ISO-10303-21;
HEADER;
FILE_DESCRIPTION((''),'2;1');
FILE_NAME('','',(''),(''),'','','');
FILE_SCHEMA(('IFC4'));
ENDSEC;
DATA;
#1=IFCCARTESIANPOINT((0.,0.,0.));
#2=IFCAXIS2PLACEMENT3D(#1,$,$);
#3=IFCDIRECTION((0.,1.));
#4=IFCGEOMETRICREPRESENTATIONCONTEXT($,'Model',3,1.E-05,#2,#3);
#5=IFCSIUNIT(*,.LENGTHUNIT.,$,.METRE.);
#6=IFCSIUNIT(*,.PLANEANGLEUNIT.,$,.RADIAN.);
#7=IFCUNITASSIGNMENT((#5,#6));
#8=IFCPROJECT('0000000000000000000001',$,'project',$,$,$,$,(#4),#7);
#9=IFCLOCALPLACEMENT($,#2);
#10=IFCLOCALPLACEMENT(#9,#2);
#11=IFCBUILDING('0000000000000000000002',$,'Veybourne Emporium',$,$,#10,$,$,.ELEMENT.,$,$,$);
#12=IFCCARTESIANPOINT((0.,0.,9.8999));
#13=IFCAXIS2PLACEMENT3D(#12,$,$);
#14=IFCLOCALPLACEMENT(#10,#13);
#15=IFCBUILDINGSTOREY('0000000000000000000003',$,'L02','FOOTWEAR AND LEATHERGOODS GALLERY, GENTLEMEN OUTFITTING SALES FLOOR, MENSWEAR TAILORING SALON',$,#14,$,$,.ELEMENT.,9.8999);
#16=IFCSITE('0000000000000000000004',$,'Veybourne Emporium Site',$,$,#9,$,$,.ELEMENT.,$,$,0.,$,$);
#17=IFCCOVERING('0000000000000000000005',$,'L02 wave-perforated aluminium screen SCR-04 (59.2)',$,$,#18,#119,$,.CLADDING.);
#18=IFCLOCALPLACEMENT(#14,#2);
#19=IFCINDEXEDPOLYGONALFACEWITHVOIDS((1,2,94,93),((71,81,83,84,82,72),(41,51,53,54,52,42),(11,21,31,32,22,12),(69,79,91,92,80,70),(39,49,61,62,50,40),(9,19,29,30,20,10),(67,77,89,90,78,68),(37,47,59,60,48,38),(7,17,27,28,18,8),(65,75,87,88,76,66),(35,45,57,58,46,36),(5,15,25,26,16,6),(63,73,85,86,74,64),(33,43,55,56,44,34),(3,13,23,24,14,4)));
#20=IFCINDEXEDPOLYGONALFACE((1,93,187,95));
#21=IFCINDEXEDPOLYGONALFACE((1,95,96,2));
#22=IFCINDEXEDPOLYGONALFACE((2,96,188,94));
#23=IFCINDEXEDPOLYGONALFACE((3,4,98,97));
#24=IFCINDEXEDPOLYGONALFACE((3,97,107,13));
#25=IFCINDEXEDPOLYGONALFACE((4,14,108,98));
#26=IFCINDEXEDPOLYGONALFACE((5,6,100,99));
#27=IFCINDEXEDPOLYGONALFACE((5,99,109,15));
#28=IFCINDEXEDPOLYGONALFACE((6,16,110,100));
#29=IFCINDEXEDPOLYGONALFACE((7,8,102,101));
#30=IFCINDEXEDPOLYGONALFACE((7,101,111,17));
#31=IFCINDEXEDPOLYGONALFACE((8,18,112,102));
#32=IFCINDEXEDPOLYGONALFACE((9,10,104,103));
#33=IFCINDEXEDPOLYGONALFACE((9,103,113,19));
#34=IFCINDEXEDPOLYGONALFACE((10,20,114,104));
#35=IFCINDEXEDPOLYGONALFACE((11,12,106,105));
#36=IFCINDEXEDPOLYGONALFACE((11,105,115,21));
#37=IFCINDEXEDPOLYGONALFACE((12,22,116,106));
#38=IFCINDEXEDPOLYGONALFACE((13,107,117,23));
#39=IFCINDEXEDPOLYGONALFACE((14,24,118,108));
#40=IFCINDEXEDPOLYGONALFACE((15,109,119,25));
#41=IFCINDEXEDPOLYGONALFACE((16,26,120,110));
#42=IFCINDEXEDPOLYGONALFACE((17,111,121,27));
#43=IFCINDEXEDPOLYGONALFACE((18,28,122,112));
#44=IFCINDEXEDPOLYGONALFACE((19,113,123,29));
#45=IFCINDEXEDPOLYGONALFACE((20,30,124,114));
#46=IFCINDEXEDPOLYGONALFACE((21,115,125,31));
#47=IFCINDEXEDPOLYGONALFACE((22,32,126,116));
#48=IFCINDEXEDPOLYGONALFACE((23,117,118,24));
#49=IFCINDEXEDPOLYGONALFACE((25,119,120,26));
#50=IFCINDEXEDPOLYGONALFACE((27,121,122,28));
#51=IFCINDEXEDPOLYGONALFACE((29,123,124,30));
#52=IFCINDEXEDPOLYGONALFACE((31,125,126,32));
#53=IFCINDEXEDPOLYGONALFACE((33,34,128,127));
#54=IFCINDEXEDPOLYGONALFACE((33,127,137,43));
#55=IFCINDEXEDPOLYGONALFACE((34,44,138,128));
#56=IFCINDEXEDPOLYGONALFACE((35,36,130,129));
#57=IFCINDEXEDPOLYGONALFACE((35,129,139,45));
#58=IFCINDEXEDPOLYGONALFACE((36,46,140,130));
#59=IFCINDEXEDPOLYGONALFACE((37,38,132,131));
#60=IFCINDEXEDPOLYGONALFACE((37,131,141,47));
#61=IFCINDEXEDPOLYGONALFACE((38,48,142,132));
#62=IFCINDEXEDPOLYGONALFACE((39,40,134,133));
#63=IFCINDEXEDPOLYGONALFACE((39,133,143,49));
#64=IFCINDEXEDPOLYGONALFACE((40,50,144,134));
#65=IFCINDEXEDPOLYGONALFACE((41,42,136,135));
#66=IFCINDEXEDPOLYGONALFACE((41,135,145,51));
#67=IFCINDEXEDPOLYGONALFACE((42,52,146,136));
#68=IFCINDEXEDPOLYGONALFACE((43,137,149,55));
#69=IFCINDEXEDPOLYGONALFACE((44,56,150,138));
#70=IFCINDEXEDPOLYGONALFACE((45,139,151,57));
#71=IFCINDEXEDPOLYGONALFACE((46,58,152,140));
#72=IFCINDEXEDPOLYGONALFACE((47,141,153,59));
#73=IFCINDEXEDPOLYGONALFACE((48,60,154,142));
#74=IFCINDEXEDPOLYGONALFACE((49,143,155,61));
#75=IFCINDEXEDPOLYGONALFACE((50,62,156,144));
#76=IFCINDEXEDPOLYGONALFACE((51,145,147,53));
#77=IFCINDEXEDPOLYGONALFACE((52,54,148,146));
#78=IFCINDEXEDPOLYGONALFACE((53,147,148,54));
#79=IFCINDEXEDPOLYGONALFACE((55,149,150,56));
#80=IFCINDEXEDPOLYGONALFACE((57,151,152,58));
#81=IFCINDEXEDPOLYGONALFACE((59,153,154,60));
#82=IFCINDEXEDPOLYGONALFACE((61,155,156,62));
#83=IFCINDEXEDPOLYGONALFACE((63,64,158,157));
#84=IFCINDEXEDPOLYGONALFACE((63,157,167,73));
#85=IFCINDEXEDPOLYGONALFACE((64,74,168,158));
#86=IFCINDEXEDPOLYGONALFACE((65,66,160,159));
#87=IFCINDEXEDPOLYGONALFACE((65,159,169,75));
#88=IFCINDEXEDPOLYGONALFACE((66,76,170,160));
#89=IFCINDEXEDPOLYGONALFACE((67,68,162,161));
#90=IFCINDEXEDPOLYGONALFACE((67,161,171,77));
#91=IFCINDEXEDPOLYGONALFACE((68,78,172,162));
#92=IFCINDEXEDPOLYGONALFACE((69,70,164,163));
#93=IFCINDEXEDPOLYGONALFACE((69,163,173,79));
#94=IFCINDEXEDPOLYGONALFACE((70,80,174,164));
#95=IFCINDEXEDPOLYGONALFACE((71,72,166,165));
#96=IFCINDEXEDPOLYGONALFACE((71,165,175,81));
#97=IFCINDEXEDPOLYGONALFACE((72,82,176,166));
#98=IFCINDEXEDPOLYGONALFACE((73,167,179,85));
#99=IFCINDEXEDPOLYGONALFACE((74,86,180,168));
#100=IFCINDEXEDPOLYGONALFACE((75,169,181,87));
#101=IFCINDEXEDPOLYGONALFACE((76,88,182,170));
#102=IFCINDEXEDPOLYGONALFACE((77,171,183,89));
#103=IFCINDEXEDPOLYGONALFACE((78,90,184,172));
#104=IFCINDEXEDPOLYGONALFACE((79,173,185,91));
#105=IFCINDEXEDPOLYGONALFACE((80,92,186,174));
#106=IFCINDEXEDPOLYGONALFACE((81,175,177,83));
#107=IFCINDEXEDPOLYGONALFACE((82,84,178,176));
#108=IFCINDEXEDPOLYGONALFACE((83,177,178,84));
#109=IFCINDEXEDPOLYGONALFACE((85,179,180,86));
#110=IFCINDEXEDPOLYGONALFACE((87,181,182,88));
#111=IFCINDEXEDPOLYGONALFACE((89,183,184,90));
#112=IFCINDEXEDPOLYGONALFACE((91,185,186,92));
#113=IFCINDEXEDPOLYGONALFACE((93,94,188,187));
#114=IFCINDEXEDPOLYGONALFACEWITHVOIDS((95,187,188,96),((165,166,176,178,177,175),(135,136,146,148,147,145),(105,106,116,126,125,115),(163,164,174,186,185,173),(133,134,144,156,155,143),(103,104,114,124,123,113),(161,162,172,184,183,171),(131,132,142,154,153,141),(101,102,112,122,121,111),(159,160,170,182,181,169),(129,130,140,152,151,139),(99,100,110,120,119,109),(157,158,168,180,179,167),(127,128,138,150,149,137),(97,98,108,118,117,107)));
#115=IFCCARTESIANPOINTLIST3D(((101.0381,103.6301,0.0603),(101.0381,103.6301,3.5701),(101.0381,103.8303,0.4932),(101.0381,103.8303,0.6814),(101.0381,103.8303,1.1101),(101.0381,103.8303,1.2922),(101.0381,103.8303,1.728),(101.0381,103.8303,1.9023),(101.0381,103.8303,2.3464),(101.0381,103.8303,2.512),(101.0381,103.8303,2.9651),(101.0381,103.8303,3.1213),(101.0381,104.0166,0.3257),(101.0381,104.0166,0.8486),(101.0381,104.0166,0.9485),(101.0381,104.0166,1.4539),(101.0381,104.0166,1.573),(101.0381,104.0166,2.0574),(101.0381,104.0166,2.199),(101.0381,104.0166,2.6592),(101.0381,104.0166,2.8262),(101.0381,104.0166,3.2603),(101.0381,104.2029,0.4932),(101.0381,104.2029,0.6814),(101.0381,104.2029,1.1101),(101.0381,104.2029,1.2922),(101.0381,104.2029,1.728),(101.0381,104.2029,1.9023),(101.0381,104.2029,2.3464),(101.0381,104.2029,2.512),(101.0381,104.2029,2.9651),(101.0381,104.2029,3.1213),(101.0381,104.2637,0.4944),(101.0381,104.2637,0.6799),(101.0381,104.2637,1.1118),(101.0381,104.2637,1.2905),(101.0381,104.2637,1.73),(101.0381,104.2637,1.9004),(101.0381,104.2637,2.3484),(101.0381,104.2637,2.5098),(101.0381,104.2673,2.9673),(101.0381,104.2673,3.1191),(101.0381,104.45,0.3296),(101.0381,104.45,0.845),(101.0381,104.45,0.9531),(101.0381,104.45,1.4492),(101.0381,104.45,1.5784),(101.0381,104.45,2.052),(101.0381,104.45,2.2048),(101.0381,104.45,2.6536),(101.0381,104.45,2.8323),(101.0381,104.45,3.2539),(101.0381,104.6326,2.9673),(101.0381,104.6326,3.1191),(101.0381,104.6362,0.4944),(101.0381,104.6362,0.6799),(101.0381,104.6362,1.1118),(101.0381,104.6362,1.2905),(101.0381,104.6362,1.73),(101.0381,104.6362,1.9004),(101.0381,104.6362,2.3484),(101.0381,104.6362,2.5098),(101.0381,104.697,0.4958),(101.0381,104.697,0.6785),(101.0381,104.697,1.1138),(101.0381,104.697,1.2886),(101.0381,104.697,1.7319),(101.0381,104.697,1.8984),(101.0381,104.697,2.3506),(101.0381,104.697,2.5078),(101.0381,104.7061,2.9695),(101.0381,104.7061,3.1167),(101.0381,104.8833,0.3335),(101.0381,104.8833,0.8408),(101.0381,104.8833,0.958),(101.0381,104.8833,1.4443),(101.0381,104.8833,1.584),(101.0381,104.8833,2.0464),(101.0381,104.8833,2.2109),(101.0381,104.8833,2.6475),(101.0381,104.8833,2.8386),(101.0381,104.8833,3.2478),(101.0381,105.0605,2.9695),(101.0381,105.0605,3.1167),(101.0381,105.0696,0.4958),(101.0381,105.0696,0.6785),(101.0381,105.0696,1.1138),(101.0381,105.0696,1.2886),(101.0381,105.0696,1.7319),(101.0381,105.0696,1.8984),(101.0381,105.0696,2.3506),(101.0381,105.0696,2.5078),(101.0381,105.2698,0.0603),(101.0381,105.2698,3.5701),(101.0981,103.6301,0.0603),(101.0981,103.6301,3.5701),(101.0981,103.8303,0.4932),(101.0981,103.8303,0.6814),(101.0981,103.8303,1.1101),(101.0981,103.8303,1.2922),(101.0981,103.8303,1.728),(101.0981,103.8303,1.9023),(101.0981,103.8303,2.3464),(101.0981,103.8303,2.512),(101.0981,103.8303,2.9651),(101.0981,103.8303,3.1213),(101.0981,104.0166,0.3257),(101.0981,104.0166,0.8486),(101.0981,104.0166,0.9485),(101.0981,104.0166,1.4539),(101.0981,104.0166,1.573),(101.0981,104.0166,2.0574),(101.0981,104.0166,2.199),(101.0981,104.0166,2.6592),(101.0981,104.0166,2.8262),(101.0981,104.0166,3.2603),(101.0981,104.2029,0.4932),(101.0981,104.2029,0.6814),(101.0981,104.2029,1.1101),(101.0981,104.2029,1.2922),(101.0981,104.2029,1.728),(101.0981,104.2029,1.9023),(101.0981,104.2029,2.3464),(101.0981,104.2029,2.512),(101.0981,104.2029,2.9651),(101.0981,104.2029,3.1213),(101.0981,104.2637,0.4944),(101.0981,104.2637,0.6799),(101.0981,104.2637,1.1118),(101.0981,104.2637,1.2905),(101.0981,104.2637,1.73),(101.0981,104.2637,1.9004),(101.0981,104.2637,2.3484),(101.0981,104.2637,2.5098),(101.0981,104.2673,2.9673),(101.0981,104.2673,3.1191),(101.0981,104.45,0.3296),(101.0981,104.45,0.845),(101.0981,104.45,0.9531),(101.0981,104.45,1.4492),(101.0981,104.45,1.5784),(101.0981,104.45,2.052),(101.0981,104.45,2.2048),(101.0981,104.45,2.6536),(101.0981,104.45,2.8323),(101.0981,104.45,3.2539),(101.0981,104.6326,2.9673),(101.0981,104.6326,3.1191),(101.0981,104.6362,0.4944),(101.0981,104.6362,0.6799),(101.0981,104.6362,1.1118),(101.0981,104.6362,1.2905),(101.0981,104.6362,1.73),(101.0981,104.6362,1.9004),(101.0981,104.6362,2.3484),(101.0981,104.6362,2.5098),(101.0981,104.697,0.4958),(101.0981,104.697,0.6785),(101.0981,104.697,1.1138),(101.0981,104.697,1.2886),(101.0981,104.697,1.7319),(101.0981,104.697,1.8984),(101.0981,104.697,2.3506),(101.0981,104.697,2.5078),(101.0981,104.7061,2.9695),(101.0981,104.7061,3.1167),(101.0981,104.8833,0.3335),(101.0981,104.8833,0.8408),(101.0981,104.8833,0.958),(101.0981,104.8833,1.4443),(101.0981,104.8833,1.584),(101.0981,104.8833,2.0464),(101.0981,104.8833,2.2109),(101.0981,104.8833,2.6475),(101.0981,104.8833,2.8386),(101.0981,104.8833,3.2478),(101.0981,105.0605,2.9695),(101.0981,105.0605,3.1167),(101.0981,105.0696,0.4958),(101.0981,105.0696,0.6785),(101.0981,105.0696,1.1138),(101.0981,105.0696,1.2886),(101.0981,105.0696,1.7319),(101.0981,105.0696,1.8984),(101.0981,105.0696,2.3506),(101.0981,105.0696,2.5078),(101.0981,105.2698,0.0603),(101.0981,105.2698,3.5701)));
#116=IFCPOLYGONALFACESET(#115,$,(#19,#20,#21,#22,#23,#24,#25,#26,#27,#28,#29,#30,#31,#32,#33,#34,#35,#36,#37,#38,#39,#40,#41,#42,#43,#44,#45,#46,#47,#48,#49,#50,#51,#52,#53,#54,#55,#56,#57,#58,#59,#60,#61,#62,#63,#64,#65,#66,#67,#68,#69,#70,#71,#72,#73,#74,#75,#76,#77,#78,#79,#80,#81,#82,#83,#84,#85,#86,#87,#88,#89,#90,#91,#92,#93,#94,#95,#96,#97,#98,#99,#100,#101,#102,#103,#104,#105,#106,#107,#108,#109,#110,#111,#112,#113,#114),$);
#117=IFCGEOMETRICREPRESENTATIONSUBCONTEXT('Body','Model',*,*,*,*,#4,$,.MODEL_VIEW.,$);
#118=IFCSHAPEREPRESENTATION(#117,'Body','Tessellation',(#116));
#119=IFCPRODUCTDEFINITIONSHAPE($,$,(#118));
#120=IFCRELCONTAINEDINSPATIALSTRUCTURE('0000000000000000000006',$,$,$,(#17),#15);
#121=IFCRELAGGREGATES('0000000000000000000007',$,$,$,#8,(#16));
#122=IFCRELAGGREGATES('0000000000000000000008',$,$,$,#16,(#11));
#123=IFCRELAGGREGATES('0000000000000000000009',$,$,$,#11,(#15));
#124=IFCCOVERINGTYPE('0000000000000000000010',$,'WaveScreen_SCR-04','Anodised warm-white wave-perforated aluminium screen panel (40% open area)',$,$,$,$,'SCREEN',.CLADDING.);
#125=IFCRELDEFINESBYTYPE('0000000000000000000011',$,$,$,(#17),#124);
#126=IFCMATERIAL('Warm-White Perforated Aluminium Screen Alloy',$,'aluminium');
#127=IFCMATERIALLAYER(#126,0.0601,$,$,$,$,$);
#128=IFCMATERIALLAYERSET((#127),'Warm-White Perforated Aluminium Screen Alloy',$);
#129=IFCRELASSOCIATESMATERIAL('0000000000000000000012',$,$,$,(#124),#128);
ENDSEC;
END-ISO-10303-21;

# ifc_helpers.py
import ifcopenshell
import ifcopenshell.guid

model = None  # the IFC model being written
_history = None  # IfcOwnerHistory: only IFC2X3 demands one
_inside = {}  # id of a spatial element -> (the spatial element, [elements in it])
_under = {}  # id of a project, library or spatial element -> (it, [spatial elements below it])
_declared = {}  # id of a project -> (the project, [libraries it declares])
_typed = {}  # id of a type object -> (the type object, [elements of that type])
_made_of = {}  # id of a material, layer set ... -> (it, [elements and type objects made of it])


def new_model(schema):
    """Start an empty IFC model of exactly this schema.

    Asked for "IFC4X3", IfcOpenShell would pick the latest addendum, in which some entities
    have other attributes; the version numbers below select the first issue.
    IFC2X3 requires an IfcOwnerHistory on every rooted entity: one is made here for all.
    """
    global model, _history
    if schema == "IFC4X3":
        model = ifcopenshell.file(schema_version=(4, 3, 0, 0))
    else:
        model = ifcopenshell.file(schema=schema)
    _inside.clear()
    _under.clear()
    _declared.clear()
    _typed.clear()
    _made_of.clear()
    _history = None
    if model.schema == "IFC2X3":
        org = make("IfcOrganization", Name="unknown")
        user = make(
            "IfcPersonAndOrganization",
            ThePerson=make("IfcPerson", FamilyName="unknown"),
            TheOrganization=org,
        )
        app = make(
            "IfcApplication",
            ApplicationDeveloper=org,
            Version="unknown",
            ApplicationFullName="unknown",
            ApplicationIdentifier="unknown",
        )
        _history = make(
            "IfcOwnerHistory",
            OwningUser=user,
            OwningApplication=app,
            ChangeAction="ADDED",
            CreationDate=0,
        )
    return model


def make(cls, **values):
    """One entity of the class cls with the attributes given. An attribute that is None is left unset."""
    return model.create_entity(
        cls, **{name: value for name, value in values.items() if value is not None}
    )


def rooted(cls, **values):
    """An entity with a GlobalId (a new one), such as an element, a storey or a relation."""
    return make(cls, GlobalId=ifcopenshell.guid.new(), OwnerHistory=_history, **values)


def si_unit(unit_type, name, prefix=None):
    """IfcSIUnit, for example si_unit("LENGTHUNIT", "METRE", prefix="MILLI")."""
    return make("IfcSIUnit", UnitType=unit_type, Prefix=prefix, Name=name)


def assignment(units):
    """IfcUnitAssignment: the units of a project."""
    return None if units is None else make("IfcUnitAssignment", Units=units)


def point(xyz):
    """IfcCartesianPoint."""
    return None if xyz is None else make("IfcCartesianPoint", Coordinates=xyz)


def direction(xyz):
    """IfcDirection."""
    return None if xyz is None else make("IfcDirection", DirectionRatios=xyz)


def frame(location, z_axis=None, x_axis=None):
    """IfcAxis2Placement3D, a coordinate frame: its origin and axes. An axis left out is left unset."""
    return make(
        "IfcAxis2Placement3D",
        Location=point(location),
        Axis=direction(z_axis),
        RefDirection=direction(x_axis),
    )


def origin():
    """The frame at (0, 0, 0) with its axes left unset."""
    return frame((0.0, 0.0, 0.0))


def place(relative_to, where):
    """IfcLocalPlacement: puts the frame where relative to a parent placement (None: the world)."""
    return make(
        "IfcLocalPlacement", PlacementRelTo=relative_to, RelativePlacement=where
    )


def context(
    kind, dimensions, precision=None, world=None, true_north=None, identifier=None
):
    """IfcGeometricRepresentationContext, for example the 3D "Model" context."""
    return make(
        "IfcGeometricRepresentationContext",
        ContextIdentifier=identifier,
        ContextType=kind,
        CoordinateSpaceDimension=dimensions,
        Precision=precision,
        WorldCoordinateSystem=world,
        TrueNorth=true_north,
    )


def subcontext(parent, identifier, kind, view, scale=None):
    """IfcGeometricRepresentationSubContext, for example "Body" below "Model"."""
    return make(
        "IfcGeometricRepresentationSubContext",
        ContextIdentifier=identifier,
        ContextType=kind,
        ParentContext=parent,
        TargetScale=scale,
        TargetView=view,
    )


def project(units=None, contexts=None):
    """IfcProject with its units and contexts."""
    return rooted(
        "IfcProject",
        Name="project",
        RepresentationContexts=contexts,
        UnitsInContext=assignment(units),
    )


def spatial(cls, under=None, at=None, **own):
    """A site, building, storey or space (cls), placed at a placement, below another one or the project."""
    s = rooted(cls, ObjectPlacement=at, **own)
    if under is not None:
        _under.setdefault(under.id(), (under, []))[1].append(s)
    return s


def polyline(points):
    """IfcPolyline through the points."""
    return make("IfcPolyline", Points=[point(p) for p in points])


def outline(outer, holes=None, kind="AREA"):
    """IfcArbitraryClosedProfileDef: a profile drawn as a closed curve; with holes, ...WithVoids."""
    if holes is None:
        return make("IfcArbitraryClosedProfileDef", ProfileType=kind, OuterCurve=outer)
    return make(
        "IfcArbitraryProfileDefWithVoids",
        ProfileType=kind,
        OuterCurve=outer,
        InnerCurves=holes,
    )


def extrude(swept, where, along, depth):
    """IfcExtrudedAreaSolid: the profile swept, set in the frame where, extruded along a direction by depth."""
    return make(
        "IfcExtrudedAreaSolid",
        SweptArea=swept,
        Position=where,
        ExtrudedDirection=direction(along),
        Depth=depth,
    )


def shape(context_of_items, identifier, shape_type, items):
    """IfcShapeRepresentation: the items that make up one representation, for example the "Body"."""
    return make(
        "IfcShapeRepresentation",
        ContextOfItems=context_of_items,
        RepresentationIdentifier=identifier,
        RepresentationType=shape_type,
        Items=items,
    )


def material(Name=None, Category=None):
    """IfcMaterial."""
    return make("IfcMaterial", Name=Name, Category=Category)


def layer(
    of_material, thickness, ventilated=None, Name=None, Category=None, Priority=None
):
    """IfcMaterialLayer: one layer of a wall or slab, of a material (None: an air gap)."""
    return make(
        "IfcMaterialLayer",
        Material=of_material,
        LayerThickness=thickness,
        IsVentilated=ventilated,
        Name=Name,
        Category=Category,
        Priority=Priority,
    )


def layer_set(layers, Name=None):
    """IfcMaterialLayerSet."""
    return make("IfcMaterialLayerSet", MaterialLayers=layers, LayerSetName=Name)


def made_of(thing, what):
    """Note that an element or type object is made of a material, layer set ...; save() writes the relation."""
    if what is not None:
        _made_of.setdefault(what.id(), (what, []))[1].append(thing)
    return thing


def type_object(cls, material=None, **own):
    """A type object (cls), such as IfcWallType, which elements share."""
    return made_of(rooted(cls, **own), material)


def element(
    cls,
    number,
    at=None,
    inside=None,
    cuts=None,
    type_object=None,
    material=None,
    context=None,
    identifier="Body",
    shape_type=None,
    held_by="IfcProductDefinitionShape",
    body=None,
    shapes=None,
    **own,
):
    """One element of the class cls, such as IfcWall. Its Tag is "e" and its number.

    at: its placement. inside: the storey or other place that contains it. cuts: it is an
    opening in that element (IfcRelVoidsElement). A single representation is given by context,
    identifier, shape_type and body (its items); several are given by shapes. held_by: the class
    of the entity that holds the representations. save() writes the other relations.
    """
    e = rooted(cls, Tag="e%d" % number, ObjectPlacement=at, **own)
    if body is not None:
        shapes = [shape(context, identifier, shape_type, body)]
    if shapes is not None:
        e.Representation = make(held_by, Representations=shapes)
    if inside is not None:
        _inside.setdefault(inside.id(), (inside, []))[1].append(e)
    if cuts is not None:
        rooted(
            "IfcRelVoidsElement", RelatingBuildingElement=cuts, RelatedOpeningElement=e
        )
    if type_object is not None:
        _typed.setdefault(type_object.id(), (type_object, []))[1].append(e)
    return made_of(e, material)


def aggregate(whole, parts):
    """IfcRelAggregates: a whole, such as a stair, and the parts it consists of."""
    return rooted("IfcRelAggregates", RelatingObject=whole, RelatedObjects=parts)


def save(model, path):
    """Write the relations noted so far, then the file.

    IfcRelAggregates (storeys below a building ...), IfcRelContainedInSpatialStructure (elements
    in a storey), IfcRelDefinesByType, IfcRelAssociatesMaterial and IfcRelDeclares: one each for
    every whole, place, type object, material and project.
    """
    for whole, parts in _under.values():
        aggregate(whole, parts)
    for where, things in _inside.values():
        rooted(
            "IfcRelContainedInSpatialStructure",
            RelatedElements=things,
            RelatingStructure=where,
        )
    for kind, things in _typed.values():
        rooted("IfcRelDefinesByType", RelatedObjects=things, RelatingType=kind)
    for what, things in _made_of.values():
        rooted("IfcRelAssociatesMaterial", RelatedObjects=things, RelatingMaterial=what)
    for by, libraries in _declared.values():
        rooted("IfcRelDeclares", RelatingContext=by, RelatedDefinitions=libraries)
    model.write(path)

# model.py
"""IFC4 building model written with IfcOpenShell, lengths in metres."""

from ifc_helpers import new_model, si_unit, direction, frame, origin, place, context, subcontext, project, spatial, polyline, outline, extrude, material, layer, layer_set, type_object, element, save


model = new_model("IFC4")

# Units and contexts
model_context = context("Model", 3, precision=1e-05, world=origin(), true_north=direction((0.0, 1.0)))
body_context = subcontext(model_context, "Body", "Model", "MODEL_VIEW")
ifc_project = project(units=[si_unit("LENGTHUNIT", "METRE"), si_unit("PLANEANGLEUNIT", "RADIAN")], contexts=[model_context])

# Site, building, storey
site_placement = place(None, origin())
site = spatial("IfcSite", under=ifc_project, at=site_placement, Name="Veybourne Emporium Site", CompositionType="ELEMENT", RefElevation=0.0)
building_placement = place(site_placement, origin())
building = spatial("IfcBuilding", under=site, at=building_placement, Name="Veybourne Emporium", CompositionType="ELEMENT")
storey_placement = place(building_placement, frame((0.0, 0.0, 9.8999)))
storey = spatial("IfcBuildingStorey", under=building, at=storey_placement, Name="L02", Description="FOOTWEAR AND LEATHERGOODS GALLERY, GENTLEMEN OUTFITTING SALES FLOOR, MENSWEAR TAILORING SALON", CompositionType="ELEMENT", Elevation=9.8999)

# Covering
ifc_material_1 = material(Name="Warm-White Perforated Aluminium Screen Alloy", Category="aluminium")
ifc_layer_1 = layer(ifc_material_1, 0.0601)
ifc_layer_set_1 = layer_set([ifc_layer_1], Name="Warm-White Perforated Aluminium Screen Alloy")
covering_type_1 = type_object("IfcCoveringType", Name="WaveScreen_SCR-04", Description="Anodised warm-white wave-perforated aluminium screen panel (40% open area)", ElementType="SCREEN", PredefinedType="CLADDING", material=ifc_layer_set_1)
covering_1_placement = place(storey_placement, frame((101.0981, 104.45, 1.8152), z_axis=(-1.0, 0.0, 0.0), x_axis=(0.0, -1.0, 0.0)))
element("IfcCovering", 1, at=covering_1_placement, inside=storey, type_object=covering_type_1, Name="L02 wave-perforated aluminium screen SCR-04 (59.2)", PredefinedType="CLADDING", context=body_context, shape_type="SweptSolid", body=[
    extrude(outline(polyline([(-0.8198, -1.7549), (0.8198, -1.7549), (0.8198, 1.7549), (-0.8198, 1.7549), (-0.8198, -1.7549)]), holes=[polyline([(-0.4333, -0.9744), (-0.2471, -1.1367), (-0.2471, -1.3193), (-0.4333, -1.4817), (-0.6196, -1.3193), (-0.6196, -1.1367), (-0.4333, -0.9744)]), polyline([(-0.4333, -0.3708), (-0.2471, -0.5266), (-0.2471, -0.7014), (-0.4333, -0.8572), (-0.6196, -0.7014), (-0.6196, -0.5266), (-0.4333, -0.3708)]), polyline([(-0.4333, 0.2312), (-0.2471, 0.0833), (-0.2471, -0.0833), (-0.4333, -0.2312), (-0.6196, -0.0833), (-0.6196, 0.0833), (-0.4333, 0.2312)]), polyline([(-0.4333, 0.8323), (-0.2471, 0.6926), (-0.2471, 0.5354), (-0.4333, 0.3958), (-0.6196, 0.5354), (-0.6196, 0.6926), (-0.4333, 0.8323)]), polyline([(-0.4333, 1.4326), (-0.2561, 1.3015), (-0.2561, 1.1543), (-0.4333, 1.0234), (-0.6106, 1.1543), (-0.6106, 1.3015), (-0.4333, 1.4326)]), polyline([(0.0, -0.9702), (0.1863, -1.1353), (0.1863, -1.3208), (0.0, -1.4856), (-0.1863, -1.3208), (-0.1863, -1.1353), (0.0, -0.9702)]), polyline([(0.0, -0.366), (0.1863, -0.5247), (0.1863, -0.7034), (0.0, -0.8621), (-0.1863, -0.7034), (-0.1863, -0.5247), (0.0, -0.366)]), polyline([(0.0, 0.2368), (0.1863, 0.0852), (0.1863, -0.0852), (0.0, -0.2368), (-0.1863, -0.0852), (-0.1863, 0.0852), (0.0, 0.2368)]), polyline([(0.0, 0.8384), (0.1863, 0.6946), (0.1863, 0.5332), (0.0, 0.3896), (-0.1863, 0.5332), (-0.1863, 0.6946), (0.0, 0.8384)]), polyline([(0.0, 1.4387), (0.1826, 1.304), (0.1826, 1.1521), (0.0, 1.0171), (-0.1826, 1.1521), (-0.1826, 1.304), (0.0, 1.4387)]), polyline([(0.4333, -0.9666), (0.6196, -1.1338), (0.6196, -1.322), (0.4333, -1.4895), (0.2471, -1.322), (0.2471, -1.1338), (0.4333, -0.9666)]), polyline([(0.4333, -0.3613), (0.6196, -0.5229), (0.6196, -0.7051), (0.4333, -0.8667), (0.2471, -0.7051), (0.2471, -0.5229), (0.4333, -0.3613)]), polyline([(0.4333, 0.2422), (0.6196, 0.0872), (0.6196, -0.0872), (0.4333, -0.2422), (0.2471, -0.0872), (0.2471, 0.0872), (0.4333, 0.2422)]), polyline([(0.4333, 0.844), (0.6196, 0.6968), (0.6196, 0.5312), (0.4333, 0.3838), (0.2471, 0.5312), (0.2471, 0.6968), (0.4333, 0.844)]), polyline([(0.4333, 1.4451), (0.6196, 1.3062), (0.6196, 1.1499), (0.4333, 1.011), (0.2471, 1.1499), (0.2471, 1.3062), (0.4333, 1.4451)])]), origin(), (0.0, 0.0, 1.0), 0.0601),
])

save(model, "model.ifc")
